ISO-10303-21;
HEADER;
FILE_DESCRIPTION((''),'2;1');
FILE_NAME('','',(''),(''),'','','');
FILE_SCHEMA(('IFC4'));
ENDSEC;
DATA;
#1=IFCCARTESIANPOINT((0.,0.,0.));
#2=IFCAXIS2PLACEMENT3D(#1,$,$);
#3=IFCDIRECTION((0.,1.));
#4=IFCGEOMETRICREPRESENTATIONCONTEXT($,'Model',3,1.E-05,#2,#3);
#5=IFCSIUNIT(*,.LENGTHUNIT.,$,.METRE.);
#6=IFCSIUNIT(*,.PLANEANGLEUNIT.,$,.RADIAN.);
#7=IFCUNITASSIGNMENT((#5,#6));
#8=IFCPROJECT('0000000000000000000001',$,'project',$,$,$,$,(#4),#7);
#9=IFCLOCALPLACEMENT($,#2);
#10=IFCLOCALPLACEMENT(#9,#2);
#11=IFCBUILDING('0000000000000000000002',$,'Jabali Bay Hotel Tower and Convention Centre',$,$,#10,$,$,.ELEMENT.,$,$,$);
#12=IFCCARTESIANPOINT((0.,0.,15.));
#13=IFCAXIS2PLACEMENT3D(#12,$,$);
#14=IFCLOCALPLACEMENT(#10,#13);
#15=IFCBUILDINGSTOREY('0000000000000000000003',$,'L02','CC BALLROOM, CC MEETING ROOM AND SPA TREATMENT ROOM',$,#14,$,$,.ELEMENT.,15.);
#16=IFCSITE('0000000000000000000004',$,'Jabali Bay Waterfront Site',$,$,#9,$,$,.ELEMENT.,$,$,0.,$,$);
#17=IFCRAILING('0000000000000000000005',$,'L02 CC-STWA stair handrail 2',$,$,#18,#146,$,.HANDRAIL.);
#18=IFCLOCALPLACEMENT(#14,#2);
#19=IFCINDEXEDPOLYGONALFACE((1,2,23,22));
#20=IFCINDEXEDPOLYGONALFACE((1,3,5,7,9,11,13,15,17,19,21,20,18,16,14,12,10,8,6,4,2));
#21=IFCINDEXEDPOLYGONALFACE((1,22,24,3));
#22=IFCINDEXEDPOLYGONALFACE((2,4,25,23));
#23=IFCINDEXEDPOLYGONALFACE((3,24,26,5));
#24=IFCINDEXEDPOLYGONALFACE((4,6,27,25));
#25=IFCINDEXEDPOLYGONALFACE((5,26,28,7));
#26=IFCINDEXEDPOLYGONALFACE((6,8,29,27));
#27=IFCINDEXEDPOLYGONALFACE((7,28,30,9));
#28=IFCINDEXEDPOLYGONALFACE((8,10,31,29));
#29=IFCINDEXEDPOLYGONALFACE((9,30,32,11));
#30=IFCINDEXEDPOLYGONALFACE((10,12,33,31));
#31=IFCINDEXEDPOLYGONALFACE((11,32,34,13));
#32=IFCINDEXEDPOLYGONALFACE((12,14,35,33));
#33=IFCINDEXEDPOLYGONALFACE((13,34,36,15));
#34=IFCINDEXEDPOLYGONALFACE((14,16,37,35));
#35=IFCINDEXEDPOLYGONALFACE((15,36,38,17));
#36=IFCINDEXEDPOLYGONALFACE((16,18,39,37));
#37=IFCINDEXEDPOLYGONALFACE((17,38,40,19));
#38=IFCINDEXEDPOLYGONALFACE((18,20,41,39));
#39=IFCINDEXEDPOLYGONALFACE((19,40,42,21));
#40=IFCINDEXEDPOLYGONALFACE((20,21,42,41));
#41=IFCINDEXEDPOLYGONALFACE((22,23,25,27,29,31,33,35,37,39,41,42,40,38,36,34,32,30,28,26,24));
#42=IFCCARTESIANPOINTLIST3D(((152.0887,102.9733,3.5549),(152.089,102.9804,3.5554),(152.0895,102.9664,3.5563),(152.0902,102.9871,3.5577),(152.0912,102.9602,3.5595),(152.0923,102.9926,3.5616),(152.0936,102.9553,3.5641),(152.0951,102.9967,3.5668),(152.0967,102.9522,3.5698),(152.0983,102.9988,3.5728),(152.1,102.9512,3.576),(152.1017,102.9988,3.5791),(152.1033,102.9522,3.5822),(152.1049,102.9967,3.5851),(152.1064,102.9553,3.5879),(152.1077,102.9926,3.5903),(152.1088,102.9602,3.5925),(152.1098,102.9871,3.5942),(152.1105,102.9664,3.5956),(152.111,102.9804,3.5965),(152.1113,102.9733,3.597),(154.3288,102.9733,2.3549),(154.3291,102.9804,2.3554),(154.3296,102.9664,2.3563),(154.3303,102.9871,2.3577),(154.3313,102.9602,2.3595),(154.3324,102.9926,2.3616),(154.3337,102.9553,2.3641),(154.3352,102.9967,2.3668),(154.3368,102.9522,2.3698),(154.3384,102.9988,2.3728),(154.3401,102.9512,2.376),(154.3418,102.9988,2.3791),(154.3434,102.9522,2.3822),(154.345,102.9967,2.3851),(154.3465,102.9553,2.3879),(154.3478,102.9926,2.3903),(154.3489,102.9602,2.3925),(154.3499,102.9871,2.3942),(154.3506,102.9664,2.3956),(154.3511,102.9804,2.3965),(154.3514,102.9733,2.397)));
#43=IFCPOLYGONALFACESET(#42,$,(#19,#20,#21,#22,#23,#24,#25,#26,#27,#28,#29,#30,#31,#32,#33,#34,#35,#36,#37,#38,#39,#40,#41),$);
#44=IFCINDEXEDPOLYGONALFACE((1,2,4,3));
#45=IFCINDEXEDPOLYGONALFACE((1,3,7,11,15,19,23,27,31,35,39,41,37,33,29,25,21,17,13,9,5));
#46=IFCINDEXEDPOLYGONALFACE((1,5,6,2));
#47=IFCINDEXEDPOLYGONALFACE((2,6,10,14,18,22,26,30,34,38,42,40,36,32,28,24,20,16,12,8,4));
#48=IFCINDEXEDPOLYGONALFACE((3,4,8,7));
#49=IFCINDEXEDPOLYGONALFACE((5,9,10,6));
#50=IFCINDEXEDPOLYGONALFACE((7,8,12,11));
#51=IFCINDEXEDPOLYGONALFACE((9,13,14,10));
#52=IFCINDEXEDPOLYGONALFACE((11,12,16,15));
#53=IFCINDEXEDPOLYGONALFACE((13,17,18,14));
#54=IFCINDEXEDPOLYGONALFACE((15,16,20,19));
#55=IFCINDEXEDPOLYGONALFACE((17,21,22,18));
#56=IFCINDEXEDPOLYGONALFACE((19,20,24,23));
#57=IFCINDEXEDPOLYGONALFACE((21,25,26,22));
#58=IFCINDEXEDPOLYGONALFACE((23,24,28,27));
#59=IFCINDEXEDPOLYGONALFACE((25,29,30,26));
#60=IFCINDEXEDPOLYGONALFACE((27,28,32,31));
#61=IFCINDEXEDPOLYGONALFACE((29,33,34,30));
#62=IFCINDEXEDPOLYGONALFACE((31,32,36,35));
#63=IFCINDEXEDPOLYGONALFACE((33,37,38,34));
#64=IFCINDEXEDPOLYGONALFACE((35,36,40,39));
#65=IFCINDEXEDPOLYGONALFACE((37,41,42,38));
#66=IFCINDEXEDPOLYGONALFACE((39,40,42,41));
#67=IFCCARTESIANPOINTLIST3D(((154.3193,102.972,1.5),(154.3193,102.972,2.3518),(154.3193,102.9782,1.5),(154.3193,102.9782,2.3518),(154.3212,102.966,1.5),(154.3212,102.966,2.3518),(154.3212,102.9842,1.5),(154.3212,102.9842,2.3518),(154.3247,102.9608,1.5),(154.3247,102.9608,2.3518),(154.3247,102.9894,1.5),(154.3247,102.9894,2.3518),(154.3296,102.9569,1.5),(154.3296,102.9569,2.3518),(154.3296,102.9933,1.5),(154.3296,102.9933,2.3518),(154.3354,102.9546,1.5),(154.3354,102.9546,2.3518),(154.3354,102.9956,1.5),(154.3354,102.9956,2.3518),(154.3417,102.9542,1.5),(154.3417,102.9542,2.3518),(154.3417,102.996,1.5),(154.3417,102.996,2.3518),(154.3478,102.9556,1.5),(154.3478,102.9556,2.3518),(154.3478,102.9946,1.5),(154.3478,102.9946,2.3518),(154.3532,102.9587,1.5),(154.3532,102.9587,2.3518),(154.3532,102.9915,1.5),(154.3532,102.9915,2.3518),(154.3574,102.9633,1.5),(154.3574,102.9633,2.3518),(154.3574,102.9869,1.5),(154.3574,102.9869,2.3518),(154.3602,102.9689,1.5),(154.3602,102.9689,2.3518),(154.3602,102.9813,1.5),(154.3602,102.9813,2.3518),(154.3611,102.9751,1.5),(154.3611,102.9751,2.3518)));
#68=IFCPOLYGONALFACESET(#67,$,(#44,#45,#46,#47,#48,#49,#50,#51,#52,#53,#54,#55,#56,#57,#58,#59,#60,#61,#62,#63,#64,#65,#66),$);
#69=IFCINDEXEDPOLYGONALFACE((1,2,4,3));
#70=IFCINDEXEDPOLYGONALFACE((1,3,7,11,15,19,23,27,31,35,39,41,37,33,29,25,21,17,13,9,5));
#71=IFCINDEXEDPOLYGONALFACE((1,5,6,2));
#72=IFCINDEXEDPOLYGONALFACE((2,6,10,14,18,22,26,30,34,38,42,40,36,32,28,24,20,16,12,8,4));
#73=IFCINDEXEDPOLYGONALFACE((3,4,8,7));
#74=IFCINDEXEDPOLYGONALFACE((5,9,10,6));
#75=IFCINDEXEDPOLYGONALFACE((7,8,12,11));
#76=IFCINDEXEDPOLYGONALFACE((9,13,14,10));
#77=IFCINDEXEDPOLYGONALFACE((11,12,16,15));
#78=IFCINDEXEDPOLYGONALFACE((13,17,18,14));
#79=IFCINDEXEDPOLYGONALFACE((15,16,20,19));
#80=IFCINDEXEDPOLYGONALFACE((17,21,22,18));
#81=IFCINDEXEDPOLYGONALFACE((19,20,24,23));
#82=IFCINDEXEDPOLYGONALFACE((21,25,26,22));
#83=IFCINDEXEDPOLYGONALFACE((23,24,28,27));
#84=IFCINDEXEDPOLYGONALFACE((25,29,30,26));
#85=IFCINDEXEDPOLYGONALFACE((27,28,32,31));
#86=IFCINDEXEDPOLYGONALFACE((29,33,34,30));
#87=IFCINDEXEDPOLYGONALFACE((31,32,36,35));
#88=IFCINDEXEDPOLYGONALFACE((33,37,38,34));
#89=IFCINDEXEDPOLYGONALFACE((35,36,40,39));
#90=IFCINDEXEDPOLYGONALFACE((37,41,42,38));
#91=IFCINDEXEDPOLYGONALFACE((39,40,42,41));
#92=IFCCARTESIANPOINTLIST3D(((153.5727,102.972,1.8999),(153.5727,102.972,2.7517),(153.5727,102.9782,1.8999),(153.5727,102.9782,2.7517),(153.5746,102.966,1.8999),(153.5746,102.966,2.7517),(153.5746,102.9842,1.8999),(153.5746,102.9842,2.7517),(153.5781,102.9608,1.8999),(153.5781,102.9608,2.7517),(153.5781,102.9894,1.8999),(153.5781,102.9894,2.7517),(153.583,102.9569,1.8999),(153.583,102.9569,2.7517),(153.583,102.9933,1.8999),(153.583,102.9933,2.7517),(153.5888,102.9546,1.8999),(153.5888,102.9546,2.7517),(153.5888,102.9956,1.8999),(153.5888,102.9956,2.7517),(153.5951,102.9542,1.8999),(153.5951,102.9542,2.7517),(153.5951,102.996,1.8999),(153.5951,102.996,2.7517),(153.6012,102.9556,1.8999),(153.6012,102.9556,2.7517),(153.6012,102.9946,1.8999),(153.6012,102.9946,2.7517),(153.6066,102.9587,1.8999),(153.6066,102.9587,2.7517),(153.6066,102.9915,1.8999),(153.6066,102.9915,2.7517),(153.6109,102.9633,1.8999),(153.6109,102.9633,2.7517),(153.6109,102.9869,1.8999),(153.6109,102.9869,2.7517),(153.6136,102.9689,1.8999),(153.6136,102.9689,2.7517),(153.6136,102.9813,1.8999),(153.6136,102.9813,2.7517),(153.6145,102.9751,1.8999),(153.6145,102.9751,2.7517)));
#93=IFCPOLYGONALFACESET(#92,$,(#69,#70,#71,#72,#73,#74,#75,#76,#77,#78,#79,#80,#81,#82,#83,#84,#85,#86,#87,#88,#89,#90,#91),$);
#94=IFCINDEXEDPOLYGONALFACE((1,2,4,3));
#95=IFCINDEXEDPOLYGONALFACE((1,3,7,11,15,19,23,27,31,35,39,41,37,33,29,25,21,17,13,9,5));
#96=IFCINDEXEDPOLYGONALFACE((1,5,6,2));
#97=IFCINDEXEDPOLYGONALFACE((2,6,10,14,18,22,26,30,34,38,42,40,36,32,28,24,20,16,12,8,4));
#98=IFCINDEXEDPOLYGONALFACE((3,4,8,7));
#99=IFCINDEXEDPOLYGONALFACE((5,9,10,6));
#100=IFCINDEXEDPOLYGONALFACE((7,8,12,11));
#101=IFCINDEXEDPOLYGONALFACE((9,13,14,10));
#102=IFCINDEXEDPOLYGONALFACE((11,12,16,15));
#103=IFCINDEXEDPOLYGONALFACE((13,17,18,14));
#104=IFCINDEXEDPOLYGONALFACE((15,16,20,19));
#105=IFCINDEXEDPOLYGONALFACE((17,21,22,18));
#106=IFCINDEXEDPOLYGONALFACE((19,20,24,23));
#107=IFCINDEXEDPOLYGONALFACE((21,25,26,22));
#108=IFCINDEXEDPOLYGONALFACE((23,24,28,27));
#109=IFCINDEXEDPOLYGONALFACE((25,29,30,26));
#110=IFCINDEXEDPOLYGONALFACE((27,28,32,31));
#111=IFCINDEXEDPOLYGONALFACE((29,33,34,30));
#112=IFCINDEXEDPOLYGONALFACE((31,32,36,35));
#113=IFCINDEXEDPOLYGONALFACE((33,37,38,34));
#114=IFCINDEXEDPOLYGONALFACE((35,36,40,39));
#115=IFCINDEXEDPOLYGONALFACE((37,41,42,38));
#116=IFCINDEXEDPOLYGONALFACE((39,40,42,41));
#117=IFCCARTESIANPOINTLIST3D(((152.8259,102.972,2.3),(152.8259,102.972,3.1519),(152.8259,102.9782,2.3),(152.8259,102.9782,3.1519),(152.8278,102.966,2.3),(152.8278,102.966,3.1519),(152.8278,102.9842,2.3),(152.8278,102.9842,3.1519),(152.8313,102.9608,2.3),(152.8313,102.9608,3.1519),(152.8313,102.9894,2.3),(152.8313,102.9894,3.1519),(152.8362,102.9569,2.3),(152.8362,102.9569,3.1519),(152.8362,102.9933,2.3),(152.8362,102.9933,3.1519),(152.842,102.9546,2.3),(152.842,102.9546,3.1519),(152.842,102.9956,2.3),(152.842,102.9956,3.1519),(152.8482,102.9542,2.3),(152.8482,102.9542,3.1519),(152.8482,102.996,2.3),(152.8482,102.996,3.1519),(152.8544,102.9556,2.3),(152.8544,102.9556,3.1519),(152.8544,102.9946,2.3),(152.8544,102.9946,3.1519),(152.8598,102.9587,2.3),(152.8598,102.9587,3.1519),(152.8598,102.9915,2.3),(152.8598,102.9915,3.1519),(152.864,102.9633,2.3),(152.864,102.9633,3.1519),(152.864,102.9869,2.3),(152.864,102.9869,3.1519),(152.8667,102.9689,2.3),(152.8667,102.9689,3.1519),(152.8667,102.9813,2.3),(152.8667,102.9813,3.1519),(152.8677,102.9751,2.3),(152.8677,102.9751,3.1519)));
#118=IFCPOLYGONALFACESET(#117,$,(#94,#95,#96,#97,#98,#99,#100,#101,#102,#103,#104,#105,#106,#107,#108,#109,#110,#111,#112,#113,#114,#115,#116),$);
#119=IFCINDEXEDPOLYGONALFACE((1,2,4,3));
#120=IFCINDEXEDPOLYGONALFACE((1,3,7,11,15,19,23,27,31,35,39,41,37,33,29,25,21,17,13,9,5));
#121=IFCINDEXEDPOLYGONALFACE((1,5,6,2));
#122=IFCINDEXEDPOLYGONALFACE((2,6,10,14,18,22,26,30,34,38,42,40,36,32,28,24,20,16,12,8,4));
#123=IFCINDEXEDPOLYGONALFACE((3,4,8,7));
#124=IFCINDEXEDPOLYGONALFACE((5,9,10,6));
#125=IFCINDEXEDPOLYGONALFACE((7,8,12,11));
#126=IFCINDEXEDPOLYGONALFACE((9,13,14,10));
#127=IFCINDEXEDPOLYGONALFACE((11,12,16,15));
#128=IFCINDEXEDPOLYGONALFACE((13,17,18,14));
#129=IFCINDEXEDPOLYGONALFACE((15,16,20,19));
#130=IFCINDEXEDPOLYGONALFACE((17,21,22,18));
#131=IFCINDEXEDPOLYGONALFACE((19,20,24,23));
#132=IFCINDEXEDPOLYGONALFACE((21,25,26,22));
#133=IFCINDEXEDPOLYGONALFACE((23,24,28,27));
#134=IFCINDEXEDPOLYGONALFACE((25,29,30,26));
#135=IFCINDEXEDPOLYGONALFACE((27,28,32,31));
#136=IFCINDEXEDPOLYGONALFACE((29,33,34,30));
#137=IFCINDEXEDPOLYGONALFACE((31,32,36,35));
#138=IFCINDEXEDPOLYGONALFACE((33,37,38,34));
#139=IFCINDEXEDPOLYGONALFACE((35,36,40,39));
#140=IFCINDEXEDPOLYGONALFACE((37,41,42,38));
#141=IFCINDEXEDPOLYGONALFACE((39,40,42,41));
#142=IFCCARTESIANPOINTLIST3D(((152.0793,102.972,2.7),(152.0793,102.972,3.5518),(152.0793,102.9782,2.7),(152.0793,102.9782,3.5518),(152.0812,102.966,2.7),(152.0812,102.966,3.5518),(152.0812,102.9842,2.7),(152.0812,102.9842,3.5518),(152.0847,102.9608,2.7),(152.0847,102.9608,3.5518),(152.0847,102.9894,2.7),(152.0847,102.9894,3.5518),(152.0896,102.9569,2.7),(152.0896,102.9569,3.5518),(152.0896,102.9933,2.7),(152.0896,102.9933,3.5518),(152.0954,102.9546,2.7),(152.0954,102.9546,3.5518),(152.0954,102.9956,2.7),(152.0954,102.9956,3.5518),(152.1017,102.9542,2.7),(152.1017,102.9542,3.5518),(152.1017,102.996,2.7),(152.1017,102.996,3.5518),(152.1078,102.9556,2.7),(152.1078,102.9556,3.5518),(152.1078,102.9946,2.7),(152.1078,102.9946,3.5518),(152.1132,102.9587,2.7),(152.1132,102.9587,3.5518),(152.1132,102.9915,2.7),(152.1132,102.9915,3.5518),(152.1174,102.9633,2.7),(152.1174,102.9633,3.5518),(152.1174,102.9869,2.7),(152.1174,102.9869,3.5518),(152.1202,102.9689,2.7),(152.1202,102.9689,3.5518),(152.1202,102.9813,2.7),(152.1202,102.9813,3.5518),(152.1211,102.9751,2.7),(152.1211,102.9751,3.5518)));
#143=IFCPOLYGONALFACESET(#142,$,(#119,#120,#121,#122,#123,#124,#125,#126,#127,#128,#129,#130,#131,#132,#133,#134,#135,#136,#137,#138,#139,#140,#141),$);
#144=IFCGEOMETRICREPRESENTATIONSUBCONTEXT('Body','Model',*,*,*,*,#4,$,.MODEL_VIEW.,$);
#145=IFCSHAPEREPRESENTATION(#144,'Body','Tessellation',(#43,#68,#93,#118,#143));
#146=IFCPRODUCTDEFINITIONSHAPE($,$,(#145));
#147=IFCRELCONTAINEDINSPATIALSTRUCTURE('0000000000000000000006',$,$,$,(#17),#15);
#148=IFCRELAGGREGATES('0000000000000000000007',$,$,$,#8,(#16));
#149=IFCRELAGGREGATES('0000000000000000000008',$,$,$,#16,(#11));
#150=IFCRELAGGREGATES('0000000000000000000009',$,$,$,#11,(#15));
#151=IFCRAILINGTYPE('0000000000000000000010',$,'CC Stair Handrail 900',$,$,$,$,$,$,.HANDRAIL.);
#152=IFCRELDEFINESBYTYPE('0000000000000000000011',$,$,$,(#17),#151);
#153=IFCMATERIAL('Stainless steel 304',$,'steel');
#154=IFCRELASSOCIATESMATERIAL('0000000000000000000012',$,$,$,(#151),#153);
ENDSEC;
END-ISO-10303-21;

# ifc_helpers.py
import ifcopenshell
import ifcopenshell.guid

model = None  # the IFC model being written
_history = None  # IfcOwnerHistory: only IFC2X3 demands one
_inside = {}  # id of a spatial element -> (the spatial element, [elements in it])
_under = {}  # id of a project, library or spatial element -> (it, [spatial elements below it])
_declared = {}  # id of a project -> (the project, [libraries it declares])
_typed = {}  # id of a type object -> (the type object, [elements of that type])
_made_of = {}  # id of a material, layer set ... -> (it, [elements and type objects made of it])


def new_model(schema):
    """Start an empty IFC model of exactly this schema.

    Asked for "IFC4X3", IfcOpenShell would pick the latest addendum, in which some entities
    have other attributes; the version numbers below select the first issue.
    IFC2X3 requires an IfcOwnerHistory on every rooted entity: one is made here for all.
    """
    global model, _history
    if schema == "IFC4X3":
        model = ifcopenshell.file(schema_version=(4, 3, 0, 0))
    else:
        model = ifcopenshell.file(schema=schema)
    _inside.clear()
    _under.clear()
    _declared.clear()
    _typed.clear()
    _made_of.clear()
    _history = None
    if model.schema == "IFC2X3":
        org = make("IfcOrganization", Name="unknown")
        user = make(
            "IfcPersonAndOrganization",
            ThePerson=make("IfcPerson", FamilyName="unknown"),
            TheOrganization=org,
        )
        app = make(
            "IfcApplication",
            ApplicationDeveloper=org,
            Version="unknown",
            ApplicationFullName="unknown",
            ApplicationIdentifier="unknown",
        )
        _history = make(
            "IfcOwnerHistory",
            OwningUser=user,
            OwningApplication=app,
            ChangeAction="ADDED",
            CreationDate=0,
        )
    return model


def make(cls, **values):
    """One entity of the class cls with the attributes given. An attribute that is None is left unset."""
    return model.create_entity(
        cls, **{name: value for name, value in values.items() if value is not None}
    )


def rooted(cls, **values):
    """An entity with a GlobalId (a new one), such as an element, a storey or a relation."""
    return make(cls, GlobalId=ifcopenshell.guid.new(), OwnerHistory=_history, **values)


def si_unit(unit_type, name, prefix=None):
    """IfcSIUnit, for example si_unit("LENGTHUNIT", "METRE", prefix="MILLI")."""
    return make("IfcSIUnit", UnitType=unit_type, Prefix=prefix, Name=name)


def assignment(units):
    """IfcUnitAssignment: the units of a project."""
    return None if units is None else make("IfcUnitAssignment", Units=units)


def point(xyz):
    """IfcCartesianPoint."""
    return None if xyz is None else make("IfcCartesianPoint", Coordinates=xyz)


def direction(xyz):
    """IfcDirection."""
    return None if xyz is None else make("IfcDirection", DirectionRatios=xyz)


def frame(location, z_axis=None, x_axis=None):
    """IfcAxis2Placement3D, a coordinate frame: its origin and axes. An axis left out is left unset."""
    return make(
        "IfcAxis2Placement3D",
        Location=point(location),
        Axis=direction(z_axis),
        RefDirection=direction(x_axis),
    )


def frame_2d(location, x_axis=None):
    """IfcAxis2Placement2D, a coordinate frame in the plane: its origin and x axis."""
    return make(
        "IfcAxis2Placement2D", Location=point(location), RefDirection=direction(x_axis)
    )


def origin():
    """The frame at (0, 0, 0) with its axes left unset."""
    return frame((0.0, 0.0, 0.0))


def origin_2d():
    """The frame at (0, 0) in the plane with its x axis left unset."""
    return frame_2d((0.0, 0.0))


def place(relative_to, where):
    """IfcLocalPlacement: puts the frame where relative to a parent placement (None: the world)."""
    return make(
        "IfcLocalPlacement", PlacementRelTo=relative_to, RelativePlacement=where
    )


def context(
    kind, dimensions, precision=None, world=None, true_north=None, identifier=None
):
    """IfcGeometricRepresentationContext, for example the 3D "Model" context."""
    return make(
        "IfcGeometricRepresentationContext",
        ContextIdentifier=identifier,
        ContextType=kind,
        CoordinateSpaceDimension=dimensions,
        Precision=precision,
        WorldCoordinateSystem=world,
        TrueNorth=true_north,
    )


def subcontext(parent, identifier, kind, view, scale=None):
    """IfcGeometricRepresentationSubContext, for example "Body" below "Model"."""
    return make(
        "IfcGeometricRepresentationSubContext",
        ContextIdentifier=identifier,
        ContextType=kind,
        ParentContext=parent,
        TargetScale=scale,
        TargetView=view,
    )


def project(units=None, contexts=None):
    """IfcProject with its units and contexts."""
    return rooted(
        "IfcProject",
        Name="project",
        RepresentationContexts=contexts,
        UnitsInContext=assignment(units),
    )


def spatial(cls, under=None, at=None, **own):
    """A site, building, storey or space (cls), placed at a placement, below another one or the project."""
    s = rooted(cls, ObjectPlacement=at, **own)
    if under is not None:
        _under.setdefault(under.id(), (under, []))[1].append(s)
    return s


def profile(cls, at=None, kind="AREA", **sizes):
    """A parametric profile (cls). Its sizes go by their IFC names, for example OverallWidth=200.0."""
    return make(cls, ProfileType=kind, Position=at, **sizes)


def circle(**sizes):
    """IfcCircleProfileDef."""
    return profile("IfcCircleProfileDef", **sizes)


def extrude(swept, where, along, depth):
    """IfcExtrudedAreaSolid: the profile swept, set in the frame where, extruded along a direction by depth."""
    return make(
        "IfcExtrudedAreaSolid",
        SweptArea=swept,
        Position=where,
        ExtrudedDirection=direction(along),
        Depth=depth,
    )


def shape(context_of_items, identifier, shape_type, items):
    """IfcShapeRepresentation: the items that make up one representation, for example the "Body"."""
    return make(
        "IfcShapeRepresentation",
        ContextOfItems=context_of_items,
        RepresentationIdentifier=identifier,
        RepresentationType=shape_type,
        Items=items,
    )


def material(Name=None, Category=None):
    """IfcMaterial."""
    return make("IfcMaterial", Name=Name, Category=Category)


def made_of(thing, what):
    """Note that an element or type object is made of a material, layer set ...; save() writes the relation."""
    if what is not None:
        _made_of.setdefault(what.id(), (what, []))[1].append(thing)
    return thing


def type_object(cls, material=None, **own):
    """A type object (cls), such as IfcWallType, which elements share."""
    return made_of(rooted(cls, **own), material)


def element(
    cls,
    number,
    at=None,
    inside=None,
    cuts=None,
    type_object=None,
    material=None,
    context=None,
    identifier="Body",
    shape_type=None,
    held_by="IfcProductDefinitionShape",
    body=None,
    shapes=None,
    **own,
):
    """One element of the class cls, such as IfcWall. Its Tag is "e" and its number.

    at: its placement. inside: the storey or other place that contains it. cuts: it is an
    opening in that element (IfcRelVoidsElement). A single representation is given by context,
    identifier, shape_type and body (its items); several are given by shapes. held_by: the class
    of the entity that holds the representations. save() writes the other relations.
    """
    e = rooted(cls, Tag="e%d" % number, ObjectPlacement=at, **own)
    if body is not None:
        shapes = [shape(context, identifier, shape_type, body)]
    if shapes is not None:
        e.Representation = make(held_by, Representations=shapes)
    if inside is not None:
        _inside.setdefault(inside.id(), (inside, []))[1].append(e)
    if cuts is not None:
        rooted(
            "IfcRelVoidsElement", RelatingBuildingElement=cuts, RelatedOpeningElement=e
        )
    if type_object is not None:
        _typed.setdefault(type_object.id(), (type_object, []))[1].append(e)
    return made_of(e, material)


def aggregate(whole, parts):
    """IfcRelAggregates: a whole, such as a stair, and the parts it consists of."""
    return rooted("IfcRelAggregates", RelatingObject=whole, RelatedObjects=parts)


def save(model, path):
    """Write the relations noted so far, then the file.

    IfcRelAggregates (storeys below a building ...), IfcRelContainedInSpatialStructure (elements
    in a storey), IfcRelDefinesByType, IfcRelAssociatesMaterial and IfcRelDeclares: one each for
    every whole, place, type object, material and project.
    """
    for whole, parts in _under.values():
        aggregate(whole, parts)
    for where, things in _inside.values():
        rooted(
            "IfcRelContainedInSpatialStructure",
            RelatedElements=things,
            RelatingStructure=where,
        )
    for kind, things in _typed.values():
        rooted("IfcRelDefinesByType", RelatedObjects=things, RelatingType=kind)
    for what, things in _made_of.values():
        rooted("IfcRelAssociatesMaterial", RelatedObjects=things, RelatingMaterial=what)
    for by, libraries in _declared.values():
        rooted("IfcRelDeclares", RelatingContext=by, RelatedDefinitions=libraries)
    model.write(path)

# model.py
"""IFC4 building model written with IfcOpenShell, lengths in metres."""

from ifc_helpers import new_model, si_unit, direction, frame, origin, origin_2d, place, context, subcontext, project, spatial, circle, extrude, material, type_object, element, save


model = new_model("IFC4")

# Units and contexts
model_context = context("Model", 3, precision=1e-05, world=origin(), true_north=direction((0.0, 1.0)))
body_context = subcontext(model_context, "Body", "Model", "MODEL_VIEW")
ifc_project = project(units=[si_unit("LENGTHUNIT", "METRE"), si_unit("PLANEANGLEUNIT", "RADIAN")], contexts=[model_context])

# Site, building, storey
site_placement = place(None, origin())
site = spatial("IfcSite", under=ifc_project, at=site_placement, Name="Jabali Bay Waterfront Site", CompositionType="ELEMENT", RefElevation=0.0)
building_placement = place(site_placement, origin())
building = spatial("IfcBuilding", under=site, at=building_placement, Name="Jabali Bay Hotel Tower and Convention Centre", CompositionType="ELEMENT")
storey_placement = place(building_placement, frame((0.0, 0.0, 15.0)))
storey = spatial("IfcBuildingStorey", under=building, at=storey_placement, Name="L02", Description="CC BALLROOM, CC MEETING ROOM AND SPA TREATMENT ROOM", CompositionType="ELEMENT", Elevation=15.0)

# Railing
ifc_material_1 = material(Name="Stainless steel 304", Category="steel")
railing_type_1 = type_object("IfcRailingType", Name="CC Stair Handrail 900", PredefinedType="HANDRAIL", material=ifc_material_1)
for number, where, name in (
    (1, (154.3401, 102.9751, 1.5), "L02 CC-STWA stair handrail 2"),
):
    element("IfcRailing", number, at=place(storey_placement, frame(where)), inside=storey, type_object=railing_type_1, Name=name, PredefinedType="HANDRAIL", context=body_context, shape_type="SweptSolid", body=[
        extrude(circle(Radius=0.0239, at=origin_2d()), frame((0.0, 0.0, 0.876), z_axis=(-0.881487, 0.0, 0.472208), x_axis=(0.0, -1.0, 0.0)), (0.0, 0.0, 1.0), 2.5413),
        extrude(circle(Radius=0.021, at=origin_2d()), origin(), (0.0, 0.0, 1.0), 0.8518),
        extrude(circle(Radius=0.021, at=origin_2d()), frame((-0.7466, 0.0, 0.3999)), (0.0, 0.0, 1.0), 0.8518),
        extrude(circle(Radius=0.021, at=origin_2d()), frame((-1.4934, 0.0, 0.8)), (0.0, 0.0, 1.0), 0.8518),
        extrude(circle(Radius=0.021, at=origin_2d()), frame((-2.24, 0.0, 1.2)), (0.0, 0.0, 1.0), 0.8518),
    ])

save(model, "model.ifc")
